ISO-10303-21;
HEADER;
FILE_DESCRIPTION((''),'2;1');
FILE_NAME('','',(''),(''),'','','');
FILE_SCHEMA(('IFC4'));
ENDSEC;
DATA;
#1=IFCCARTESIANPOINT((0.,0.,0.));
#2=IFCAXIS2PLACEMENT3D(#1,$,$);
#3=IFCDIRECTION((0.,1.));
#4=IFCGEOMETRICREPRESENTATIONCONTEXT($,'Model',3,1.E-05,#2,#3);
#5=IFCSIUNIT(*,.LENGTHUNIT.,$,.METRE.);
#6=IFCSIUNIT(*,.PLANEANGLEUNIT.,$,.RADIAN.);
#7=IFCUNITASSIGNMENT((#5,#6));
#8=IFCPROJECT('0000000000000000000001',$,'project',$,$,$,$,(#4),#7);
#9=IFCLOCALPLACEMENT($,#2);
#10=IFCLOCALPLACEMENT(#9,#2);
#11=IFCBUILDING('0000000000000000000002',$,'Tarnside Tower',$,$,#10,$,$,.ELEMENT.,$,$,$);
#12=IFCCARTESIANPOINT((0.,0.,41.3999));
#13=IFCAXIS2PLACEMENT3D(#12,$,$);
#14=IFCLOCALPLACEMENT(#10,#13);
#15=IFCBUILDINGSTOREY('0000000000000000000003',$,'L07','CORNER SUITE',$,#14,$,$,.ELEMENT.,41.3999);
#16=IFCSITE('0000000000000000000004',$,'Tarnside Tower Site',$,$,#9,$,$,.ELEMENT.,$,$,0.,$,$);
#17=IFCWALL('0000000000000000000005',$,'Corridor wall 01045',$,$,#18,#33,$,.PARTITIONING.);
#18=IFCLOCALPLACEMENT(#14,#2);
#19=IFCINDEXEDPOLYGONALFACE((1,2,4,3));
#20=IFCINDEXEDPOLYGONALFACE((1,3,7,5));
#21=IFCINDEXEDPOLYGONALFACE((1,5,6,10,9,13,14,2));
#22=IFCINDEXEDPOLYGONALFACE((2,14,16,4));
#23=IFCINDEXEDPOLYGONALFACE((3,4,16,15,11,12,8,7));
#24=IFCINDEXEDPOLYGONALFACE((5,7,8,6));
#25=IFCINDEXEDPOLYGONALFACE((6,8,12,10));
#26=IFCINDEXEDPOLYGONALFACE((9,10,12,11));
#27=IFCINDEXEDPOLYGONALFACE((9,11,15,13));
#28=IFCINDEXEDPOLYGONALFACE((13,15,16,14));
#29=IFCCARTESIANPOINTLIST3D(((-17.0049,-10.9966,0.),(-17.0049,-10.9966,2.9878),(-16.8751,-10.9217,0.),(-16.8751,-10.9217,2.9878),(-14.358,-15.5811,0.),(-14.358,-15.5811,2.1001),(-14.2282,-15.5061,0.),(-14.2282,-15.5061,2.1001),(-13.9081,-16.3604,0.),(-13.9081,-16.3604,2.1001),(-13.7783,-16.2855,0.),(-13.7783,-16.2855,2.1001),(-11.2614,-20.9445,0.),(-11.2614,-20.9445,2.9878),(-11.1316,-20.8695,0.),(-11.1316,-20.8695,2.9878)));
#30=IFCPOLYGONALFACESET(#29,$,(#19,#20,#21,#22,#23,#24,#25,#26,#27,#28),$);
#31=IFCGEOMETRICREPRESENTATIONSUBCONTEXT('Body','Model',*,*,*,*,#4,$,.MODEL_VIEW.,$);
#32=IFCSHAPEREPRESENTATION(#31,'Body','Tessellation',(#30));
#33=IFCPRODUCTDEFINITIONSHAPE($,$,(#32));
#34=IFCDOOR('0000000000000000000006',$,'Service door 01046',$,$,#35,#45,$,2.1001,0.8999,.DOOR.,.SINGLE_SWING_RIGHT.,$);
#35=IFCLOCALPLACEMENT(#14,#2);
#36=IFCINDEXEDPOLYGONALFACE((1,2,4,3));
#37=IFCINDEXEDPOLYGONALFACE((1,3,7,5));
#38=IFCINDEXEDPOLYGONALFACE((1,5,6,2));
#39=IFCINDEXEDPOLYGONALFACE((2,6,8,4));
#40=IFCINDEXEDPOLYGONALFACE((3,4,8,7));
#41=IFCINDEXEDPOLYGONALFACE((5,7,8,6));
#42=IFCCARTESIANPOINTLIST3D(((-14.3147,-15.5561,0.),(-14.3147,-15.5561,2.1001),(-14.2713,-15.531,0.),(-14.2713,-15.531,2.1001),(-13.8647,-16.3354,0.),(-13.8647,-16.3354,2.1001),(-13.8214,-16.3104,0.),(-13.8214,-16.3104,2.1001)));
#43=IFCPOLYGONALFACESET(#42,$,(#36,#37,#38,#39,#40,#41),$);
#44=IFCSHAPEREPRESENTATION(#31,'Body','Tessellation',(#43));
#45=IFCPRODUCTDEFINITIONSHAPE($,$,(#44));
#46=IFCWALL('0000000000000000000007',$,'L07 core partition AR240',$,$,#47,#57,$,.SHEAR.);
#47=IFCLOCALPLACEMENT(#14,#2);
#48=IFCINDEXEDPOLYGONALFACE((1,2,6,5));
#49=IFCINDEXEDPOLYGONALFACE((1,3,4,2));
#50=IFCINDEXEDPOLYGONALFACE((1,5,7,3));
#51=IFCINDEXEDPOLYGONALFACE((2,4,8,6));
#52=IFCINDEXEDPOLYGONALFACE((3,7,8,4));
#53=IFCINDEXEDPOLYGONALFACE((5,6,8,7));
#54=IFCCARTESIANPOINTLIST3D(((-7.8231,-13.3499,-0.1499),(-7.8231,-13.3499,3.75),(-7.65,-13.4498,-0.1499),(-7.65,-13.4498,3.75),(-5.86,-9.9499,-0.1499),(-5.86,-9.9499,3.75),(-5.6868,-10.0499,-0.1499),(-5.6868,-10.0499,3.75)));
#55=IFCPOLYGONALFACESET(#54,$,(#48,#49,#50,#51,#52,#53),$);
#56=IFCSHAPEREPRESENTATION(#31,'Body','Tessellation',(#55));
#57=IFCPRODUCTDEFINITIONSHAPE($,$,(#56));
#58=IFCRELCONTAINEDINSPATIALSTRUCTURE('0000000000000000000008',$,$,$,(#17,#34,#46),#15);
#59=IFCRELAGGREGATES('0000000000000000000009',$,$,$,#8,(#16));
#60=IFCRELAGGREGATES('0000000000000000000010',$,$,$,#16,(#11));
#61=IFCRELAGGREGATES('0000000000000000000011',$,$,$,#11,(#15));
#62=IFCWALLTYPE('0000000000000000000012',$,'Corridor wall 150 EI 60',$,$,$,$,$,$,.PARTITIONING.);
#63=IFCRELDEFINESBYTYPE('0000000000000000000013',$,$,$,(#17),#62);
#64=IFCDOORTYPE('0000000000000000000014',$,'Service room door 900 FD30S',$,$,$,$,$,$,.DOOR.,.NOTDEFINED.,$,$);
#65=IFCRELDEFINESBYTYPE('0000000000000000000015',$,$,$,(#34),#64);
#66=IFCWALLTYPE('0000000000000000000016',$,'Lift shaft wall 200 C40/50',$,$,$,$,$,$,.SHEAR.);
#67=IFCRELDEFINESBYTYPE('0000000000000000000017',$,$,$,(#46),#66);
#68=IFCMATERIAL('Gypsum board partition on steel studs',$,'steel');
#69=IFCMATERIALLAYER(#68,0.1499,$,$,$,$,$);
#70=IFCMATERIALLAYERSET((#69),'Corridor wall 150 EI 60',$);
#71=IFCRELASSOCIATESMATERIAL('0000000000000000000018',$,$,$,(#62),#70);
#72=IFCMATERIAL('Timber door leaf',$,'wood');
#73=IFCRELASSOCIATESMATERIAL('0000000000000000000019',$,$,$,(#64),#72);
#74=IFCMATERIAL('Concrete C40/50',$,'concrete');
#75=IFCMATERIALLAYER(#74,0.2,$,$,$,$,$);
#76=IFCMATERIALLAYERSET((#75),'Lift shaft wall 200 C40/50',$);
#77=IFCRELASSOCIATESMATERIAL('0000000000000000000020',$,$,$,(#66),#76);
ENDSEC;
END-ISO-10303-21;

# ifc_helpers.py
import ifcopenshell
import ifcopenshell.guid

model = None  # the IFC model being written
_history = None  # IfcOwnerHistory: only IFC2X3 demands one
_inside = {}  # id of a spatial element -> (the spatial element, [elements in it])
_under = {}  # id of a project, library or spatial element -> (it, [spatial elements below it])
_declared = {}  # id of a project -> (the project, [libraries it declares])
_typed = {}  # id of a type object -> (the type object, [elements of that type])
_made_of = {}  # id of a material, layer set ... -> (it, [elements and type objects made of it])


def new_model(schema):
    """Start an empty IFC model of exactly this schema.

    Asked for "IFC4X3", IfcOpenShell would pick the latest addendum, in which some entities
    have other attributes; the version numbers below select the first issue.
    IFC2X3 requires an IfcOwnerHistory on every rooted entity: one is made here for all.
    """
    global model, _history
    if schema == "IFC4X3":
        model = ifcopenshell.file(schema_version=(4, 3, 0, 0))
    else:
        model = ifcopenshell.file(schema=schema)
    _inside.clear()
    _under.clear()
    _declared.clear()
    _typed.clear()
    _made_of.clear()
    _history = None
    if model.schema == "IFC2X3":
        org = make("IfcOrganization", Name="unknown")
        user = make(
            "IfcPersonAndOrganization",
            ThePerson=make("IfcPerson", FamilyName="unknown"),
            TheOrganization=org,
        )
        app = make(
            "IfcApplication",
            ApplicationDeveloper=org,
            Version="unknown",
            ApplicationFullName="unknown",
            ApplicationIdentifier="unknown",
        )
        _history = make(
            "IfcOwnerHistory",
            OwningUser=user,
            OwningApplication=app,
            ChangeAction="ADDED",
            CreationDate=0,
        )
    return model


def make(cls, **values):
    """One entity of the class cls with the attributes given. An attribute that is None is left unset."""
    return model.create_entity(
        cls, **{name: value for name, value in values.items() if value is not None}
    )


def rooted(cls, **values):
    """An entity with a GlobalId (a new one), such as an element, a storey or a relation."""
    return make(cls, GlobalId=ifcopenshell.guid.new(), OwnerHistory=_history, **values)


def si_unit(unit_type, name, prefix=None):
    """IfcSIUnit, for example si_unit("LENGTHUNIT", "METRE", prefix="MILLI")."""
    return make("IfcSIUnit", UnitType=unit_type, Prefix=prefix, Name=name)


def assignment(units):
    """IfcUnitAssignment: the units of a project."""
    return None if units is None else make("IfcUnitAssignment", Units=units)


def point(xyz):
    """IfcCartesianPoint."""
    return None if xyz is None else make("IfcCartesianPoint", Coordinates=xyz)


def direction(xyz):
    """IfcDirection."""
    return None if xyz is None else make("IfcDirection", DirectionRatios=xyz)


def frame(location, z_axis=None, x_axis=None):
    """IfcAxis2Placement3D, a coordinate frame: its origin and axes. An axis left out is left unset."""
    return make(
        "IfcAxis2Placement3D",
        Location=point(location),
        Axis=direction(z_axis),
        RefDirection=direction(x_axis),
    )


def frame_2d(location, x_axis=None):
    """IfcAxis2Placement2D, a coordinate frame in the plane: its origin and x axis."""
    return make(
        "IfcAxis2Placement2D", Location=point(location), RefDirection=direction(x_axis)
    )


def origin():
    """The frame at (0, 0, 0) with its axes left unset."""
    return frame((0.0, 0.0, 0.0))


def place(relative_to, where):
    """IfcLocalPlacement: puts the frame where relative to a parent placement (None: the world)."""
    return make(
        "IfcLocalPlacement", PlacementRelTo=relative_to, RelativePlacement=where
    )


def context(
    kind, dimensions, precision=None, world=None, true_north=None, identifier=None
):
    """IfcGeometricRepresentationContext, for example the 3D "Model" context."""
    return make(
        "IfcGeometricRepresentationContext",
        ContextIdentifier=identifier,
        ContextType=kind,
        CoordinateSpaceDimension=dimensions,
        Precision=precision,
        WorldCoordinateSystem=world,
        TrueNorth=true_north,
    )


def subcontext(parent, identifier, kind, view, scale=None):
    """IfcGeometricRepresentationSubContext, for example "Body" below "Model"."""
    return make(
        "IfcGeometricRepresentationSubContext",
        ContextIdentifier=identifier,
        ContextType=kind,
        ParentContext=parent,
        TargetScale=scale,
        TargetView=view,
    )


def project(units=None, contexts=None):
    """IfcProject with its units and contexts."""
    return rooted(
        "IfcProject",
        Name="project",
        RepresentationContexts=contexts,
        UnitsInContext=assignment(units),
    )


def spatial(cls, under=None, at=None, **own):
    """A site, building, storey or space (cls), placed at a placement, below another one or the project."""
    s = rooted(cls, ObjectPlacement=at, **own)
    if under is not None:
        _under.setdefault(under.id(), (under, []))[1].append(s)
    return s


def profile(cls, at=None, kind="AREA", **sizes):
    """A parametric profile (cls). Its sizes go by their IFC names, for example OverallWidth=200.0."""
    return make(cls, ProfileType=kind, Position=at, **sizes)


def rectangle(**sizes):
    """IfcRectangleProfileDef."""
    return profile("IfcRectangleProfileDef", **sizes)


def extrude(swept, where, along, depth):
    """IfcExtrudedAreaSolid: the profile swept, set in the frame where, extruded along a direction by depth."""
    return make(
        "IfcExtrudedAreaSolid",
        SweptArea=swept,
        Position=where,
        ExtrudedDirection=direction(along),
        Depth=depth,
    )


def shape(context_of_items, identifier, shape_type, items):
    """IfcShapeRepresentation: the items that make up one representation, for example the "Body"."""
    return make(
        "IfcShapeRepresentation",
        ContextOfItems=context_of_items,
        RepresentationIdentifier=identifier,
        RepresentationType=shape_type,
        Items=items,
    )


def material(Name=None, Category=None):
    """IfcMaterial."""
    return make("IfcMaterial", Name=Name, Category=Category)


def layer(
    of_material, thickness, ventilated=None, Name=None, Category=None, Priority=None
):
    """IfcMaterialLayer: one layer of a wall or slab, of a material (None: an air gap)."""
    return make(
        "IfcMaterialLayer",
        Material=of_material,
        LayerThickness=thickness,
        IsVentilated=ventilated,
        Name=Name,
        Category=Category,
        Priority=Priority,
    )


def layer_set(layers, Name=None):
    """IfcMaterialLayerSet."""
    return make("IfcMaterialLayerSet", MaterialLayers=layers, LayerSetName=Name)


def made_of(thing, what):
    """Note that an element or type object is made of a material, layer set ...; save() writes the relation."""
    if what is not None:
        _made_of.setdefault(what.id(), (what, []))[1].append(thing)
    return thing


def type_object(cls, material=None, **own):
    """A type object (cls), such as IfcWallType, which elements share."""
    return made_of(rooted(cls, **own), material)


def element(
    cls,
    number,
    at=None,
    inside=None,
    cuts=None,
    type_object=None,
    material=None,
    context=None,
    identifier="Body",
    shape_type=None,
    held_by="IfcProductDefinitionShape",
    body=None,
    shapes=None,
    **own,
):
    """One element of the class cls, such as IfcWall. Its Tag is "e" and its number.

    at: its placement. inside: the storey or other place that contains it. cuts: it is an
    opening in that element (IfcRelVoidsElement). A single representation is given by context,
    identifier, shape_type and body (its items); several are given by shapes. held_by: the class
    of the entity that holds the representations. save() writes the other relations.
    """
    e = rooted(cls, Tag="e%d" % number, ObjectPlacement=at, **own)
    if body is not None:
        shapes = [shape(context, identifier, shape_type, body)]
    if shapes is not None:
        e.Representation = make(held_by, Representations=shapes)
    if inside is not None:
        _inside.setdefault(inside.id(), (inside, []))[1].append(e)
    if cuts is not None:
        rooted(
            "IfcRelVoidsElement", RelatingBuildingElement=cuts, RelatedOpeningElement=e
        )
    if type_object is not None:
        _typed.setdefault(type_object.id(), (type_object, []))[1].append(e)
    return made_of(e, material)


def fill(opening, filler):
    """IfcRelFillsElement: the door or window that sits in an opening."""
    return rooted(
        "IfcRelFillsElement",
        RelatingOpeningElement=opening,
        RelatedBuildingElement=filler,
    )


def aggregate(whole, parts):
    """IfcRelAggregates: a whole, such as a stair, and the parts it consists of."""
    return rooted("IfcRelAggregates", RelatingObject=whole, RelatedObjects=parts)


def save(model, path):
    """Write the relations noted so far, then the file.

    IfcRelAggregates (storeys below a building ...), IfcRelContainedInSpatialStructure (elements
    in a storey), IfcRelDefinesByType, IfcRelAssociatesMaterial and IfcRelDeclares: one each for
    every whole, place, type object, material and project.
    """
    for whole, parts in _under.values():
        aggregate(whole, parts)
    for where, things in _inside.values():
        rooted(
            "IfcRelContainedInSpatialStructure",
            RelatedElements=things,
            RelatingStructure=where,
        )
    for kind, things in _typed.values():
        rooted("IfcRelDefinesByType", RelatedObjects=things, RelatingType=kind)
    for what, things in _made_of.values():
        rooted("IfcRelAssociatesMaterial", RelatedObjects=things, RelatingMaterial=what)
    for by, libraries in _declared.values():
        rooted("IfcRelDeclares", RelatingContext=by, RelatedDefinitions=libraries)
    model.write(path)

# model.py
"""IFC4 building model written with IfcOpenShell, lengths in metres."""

from ifc_helpers import new_model, si_unit, direction, frame, frame_2d, origin, place, context, subcontext, project, spatial, rectangle, extrude, material, layer, layer_set, type_object, element, fill, save


model = new_model("IFC4")

# Units and contexts
model_context = context("Model", 3, precision=1e-05, world=origin(), true_north=direction((0.0, 1.0)))
body_context = subcontext(model_context, "Body", "Model", "MODEL_VIEW")
ifc_project = project(units=[si_unit("LENGTHUNIT", "METRE"), si_unit("PLANEANGLEUNIT", "RADIAN")], contexts=[model_context])

# Site, building, storey
site_placement = place(None, origin())
site = spatial("IfcSite", under=ifc_project, at=site_placement, Name="Tarnside Tower Site", CompositionType="ELEMENT", RefElevation=0.0)
building_placement = place(site_placement, origin())
building = spatial("IfcBuilding", under=site, at=building_placement, Name="Tarnside Tower", CompositionType="ELEMENT")
storey_placement = place(building_placement, frame((0.0, 0.0, 41.3999)))
storey = spatial("IfcBuildingStorey", under=building, at=storey_placement, Name="L07", Description="CORNER SUITE", CompositionType="ELEMENT", Elevation=41.3999)

# Shared definitions
ifc_material_1 = material(Name="Gypsum board partition on steel studs", Category="steel")

# Shared definitions
ifc_material_2 = material(Name="Timber door leaf", Category="wood")

# Shared definitions
ifc_layer_1 = layer(ifc_material_1, 0.1499)
ifc_layer_set_1 = layer_set([ifc_layer_1], Name="Corridor wall 150 EI 60")
wall_type_1 = type_object("IfcWallType", Name="Corridor wall 150 EI 60", PredefinedType="PARTITIONING", material=ifc_layer_set_1)

# Wall, opening, door
wall_1_placement = place(storey_placement, frame((-11.1965, -20.907, 0.0), z_axis=(0.0, 0.0, 1.0), x_axis=(-0.500005, 0.866023, 0.0)))
wall_1 = element("IfcWall", 1, at=wall_1_placement, inside=storey, type_object=wall_type_1, Name="Corridor wall 01045", PredefinedType="PARTITIONING", context=body_context, shape_type="SweptSolid", body=[
    extrude(rectangle(XDim=11.4868, YDim=0.1499, at=frame_2d((5.7434, 0.0))), origin(), (0.0, 0.0, 1.0), 2.9878),
])
opening_1_placement = place(wall_1_placement, frame((5.2932, 0.0, 0.0)))
opening_1 = element("IfcOpeningElement", 2, at=opening_1_placement, cuts=wall_1, PredefinedType="OPENING", context=body_context, shape_type="SweptSolid", body=[
    extrude(rectangle(XDim=0.8999, YDim=2.1001, at=frame_2d((0.45, 1.05))), frame((0.0, 0.085, 0.0), z_axis=(0.0, -1.0, 0.0), x_axis=(1.0, 0.0, 0.0)), (0.0, 0.0, 1.0), 0.1699),
])
door_type_1 = type_object("IfcDoorType", Name="Service room door 900 FD30S", OperationType="NOTDEFINED", PredefinedType="DOOR", material=ifc_material_2)
door_1_placement = place(opening_1_placement, origin())
door_1 = element("IfcDoor", 3, at=door_1_placement, inside=storey, type_object=door_type_1, Name="Service door 01046", OperationType="SINGLE_SWING_RIGHT", OverallHeight=2.1001, OverallWidth=0.8999, PredefinedType="DOOR", context=body_context, shape_type="SweptSolid", body=[
    extrude(rectangle(XDim=0.8999, YDim=2.1001, at=frame_2d((0.45, 1.05))), frame((0.0, 0.0249, 0.0), z_axis=(0.0, -1.0, 0.0), x_axis=(1.0, 0.0, 0.0)), (0.0, 0.0, 1.0), 0.05),
])
fill(opening_1, door_1)

# Wall
ifc_material_3 = material(Name="Concrete C40/50", Category="concrete")
ifc_layer_2 = layer(ifc_material_3, 0.2)
ifc_layer_set_2 = layer_set([ifc_layer_2], Name="Lift shaft wall 200 C40/50")
wall_type_2 = type_object("IfcWallType", Name="Lift shaft wall 200 C40/50", PredefinedType="SHEAR", material=ifc_layer_set_2)
wall_2_placement = place(storey_placement, frame((-5.7734, -10.0, -0.1499), z_axis=(0.0, 0.0, 1.0), x_axis=(-0.500038, -0.866003, 0.0)))
element("IfcWall", 4, at=wall_2_placement, inside=storey, type_object=wall_type_2, Name="L07 core partition AR240", PredefinedType="SHEAR", context=body_context, shape_type="SweptSolid", body=[
    extrude(rectangle(XDim=3.926, YDim=0.2, at=frame_2d((1.9629, 0.0))), origin(), (0.0, 0.0, 1.0), 3.8999),
])

save(model, "model.ifc")
